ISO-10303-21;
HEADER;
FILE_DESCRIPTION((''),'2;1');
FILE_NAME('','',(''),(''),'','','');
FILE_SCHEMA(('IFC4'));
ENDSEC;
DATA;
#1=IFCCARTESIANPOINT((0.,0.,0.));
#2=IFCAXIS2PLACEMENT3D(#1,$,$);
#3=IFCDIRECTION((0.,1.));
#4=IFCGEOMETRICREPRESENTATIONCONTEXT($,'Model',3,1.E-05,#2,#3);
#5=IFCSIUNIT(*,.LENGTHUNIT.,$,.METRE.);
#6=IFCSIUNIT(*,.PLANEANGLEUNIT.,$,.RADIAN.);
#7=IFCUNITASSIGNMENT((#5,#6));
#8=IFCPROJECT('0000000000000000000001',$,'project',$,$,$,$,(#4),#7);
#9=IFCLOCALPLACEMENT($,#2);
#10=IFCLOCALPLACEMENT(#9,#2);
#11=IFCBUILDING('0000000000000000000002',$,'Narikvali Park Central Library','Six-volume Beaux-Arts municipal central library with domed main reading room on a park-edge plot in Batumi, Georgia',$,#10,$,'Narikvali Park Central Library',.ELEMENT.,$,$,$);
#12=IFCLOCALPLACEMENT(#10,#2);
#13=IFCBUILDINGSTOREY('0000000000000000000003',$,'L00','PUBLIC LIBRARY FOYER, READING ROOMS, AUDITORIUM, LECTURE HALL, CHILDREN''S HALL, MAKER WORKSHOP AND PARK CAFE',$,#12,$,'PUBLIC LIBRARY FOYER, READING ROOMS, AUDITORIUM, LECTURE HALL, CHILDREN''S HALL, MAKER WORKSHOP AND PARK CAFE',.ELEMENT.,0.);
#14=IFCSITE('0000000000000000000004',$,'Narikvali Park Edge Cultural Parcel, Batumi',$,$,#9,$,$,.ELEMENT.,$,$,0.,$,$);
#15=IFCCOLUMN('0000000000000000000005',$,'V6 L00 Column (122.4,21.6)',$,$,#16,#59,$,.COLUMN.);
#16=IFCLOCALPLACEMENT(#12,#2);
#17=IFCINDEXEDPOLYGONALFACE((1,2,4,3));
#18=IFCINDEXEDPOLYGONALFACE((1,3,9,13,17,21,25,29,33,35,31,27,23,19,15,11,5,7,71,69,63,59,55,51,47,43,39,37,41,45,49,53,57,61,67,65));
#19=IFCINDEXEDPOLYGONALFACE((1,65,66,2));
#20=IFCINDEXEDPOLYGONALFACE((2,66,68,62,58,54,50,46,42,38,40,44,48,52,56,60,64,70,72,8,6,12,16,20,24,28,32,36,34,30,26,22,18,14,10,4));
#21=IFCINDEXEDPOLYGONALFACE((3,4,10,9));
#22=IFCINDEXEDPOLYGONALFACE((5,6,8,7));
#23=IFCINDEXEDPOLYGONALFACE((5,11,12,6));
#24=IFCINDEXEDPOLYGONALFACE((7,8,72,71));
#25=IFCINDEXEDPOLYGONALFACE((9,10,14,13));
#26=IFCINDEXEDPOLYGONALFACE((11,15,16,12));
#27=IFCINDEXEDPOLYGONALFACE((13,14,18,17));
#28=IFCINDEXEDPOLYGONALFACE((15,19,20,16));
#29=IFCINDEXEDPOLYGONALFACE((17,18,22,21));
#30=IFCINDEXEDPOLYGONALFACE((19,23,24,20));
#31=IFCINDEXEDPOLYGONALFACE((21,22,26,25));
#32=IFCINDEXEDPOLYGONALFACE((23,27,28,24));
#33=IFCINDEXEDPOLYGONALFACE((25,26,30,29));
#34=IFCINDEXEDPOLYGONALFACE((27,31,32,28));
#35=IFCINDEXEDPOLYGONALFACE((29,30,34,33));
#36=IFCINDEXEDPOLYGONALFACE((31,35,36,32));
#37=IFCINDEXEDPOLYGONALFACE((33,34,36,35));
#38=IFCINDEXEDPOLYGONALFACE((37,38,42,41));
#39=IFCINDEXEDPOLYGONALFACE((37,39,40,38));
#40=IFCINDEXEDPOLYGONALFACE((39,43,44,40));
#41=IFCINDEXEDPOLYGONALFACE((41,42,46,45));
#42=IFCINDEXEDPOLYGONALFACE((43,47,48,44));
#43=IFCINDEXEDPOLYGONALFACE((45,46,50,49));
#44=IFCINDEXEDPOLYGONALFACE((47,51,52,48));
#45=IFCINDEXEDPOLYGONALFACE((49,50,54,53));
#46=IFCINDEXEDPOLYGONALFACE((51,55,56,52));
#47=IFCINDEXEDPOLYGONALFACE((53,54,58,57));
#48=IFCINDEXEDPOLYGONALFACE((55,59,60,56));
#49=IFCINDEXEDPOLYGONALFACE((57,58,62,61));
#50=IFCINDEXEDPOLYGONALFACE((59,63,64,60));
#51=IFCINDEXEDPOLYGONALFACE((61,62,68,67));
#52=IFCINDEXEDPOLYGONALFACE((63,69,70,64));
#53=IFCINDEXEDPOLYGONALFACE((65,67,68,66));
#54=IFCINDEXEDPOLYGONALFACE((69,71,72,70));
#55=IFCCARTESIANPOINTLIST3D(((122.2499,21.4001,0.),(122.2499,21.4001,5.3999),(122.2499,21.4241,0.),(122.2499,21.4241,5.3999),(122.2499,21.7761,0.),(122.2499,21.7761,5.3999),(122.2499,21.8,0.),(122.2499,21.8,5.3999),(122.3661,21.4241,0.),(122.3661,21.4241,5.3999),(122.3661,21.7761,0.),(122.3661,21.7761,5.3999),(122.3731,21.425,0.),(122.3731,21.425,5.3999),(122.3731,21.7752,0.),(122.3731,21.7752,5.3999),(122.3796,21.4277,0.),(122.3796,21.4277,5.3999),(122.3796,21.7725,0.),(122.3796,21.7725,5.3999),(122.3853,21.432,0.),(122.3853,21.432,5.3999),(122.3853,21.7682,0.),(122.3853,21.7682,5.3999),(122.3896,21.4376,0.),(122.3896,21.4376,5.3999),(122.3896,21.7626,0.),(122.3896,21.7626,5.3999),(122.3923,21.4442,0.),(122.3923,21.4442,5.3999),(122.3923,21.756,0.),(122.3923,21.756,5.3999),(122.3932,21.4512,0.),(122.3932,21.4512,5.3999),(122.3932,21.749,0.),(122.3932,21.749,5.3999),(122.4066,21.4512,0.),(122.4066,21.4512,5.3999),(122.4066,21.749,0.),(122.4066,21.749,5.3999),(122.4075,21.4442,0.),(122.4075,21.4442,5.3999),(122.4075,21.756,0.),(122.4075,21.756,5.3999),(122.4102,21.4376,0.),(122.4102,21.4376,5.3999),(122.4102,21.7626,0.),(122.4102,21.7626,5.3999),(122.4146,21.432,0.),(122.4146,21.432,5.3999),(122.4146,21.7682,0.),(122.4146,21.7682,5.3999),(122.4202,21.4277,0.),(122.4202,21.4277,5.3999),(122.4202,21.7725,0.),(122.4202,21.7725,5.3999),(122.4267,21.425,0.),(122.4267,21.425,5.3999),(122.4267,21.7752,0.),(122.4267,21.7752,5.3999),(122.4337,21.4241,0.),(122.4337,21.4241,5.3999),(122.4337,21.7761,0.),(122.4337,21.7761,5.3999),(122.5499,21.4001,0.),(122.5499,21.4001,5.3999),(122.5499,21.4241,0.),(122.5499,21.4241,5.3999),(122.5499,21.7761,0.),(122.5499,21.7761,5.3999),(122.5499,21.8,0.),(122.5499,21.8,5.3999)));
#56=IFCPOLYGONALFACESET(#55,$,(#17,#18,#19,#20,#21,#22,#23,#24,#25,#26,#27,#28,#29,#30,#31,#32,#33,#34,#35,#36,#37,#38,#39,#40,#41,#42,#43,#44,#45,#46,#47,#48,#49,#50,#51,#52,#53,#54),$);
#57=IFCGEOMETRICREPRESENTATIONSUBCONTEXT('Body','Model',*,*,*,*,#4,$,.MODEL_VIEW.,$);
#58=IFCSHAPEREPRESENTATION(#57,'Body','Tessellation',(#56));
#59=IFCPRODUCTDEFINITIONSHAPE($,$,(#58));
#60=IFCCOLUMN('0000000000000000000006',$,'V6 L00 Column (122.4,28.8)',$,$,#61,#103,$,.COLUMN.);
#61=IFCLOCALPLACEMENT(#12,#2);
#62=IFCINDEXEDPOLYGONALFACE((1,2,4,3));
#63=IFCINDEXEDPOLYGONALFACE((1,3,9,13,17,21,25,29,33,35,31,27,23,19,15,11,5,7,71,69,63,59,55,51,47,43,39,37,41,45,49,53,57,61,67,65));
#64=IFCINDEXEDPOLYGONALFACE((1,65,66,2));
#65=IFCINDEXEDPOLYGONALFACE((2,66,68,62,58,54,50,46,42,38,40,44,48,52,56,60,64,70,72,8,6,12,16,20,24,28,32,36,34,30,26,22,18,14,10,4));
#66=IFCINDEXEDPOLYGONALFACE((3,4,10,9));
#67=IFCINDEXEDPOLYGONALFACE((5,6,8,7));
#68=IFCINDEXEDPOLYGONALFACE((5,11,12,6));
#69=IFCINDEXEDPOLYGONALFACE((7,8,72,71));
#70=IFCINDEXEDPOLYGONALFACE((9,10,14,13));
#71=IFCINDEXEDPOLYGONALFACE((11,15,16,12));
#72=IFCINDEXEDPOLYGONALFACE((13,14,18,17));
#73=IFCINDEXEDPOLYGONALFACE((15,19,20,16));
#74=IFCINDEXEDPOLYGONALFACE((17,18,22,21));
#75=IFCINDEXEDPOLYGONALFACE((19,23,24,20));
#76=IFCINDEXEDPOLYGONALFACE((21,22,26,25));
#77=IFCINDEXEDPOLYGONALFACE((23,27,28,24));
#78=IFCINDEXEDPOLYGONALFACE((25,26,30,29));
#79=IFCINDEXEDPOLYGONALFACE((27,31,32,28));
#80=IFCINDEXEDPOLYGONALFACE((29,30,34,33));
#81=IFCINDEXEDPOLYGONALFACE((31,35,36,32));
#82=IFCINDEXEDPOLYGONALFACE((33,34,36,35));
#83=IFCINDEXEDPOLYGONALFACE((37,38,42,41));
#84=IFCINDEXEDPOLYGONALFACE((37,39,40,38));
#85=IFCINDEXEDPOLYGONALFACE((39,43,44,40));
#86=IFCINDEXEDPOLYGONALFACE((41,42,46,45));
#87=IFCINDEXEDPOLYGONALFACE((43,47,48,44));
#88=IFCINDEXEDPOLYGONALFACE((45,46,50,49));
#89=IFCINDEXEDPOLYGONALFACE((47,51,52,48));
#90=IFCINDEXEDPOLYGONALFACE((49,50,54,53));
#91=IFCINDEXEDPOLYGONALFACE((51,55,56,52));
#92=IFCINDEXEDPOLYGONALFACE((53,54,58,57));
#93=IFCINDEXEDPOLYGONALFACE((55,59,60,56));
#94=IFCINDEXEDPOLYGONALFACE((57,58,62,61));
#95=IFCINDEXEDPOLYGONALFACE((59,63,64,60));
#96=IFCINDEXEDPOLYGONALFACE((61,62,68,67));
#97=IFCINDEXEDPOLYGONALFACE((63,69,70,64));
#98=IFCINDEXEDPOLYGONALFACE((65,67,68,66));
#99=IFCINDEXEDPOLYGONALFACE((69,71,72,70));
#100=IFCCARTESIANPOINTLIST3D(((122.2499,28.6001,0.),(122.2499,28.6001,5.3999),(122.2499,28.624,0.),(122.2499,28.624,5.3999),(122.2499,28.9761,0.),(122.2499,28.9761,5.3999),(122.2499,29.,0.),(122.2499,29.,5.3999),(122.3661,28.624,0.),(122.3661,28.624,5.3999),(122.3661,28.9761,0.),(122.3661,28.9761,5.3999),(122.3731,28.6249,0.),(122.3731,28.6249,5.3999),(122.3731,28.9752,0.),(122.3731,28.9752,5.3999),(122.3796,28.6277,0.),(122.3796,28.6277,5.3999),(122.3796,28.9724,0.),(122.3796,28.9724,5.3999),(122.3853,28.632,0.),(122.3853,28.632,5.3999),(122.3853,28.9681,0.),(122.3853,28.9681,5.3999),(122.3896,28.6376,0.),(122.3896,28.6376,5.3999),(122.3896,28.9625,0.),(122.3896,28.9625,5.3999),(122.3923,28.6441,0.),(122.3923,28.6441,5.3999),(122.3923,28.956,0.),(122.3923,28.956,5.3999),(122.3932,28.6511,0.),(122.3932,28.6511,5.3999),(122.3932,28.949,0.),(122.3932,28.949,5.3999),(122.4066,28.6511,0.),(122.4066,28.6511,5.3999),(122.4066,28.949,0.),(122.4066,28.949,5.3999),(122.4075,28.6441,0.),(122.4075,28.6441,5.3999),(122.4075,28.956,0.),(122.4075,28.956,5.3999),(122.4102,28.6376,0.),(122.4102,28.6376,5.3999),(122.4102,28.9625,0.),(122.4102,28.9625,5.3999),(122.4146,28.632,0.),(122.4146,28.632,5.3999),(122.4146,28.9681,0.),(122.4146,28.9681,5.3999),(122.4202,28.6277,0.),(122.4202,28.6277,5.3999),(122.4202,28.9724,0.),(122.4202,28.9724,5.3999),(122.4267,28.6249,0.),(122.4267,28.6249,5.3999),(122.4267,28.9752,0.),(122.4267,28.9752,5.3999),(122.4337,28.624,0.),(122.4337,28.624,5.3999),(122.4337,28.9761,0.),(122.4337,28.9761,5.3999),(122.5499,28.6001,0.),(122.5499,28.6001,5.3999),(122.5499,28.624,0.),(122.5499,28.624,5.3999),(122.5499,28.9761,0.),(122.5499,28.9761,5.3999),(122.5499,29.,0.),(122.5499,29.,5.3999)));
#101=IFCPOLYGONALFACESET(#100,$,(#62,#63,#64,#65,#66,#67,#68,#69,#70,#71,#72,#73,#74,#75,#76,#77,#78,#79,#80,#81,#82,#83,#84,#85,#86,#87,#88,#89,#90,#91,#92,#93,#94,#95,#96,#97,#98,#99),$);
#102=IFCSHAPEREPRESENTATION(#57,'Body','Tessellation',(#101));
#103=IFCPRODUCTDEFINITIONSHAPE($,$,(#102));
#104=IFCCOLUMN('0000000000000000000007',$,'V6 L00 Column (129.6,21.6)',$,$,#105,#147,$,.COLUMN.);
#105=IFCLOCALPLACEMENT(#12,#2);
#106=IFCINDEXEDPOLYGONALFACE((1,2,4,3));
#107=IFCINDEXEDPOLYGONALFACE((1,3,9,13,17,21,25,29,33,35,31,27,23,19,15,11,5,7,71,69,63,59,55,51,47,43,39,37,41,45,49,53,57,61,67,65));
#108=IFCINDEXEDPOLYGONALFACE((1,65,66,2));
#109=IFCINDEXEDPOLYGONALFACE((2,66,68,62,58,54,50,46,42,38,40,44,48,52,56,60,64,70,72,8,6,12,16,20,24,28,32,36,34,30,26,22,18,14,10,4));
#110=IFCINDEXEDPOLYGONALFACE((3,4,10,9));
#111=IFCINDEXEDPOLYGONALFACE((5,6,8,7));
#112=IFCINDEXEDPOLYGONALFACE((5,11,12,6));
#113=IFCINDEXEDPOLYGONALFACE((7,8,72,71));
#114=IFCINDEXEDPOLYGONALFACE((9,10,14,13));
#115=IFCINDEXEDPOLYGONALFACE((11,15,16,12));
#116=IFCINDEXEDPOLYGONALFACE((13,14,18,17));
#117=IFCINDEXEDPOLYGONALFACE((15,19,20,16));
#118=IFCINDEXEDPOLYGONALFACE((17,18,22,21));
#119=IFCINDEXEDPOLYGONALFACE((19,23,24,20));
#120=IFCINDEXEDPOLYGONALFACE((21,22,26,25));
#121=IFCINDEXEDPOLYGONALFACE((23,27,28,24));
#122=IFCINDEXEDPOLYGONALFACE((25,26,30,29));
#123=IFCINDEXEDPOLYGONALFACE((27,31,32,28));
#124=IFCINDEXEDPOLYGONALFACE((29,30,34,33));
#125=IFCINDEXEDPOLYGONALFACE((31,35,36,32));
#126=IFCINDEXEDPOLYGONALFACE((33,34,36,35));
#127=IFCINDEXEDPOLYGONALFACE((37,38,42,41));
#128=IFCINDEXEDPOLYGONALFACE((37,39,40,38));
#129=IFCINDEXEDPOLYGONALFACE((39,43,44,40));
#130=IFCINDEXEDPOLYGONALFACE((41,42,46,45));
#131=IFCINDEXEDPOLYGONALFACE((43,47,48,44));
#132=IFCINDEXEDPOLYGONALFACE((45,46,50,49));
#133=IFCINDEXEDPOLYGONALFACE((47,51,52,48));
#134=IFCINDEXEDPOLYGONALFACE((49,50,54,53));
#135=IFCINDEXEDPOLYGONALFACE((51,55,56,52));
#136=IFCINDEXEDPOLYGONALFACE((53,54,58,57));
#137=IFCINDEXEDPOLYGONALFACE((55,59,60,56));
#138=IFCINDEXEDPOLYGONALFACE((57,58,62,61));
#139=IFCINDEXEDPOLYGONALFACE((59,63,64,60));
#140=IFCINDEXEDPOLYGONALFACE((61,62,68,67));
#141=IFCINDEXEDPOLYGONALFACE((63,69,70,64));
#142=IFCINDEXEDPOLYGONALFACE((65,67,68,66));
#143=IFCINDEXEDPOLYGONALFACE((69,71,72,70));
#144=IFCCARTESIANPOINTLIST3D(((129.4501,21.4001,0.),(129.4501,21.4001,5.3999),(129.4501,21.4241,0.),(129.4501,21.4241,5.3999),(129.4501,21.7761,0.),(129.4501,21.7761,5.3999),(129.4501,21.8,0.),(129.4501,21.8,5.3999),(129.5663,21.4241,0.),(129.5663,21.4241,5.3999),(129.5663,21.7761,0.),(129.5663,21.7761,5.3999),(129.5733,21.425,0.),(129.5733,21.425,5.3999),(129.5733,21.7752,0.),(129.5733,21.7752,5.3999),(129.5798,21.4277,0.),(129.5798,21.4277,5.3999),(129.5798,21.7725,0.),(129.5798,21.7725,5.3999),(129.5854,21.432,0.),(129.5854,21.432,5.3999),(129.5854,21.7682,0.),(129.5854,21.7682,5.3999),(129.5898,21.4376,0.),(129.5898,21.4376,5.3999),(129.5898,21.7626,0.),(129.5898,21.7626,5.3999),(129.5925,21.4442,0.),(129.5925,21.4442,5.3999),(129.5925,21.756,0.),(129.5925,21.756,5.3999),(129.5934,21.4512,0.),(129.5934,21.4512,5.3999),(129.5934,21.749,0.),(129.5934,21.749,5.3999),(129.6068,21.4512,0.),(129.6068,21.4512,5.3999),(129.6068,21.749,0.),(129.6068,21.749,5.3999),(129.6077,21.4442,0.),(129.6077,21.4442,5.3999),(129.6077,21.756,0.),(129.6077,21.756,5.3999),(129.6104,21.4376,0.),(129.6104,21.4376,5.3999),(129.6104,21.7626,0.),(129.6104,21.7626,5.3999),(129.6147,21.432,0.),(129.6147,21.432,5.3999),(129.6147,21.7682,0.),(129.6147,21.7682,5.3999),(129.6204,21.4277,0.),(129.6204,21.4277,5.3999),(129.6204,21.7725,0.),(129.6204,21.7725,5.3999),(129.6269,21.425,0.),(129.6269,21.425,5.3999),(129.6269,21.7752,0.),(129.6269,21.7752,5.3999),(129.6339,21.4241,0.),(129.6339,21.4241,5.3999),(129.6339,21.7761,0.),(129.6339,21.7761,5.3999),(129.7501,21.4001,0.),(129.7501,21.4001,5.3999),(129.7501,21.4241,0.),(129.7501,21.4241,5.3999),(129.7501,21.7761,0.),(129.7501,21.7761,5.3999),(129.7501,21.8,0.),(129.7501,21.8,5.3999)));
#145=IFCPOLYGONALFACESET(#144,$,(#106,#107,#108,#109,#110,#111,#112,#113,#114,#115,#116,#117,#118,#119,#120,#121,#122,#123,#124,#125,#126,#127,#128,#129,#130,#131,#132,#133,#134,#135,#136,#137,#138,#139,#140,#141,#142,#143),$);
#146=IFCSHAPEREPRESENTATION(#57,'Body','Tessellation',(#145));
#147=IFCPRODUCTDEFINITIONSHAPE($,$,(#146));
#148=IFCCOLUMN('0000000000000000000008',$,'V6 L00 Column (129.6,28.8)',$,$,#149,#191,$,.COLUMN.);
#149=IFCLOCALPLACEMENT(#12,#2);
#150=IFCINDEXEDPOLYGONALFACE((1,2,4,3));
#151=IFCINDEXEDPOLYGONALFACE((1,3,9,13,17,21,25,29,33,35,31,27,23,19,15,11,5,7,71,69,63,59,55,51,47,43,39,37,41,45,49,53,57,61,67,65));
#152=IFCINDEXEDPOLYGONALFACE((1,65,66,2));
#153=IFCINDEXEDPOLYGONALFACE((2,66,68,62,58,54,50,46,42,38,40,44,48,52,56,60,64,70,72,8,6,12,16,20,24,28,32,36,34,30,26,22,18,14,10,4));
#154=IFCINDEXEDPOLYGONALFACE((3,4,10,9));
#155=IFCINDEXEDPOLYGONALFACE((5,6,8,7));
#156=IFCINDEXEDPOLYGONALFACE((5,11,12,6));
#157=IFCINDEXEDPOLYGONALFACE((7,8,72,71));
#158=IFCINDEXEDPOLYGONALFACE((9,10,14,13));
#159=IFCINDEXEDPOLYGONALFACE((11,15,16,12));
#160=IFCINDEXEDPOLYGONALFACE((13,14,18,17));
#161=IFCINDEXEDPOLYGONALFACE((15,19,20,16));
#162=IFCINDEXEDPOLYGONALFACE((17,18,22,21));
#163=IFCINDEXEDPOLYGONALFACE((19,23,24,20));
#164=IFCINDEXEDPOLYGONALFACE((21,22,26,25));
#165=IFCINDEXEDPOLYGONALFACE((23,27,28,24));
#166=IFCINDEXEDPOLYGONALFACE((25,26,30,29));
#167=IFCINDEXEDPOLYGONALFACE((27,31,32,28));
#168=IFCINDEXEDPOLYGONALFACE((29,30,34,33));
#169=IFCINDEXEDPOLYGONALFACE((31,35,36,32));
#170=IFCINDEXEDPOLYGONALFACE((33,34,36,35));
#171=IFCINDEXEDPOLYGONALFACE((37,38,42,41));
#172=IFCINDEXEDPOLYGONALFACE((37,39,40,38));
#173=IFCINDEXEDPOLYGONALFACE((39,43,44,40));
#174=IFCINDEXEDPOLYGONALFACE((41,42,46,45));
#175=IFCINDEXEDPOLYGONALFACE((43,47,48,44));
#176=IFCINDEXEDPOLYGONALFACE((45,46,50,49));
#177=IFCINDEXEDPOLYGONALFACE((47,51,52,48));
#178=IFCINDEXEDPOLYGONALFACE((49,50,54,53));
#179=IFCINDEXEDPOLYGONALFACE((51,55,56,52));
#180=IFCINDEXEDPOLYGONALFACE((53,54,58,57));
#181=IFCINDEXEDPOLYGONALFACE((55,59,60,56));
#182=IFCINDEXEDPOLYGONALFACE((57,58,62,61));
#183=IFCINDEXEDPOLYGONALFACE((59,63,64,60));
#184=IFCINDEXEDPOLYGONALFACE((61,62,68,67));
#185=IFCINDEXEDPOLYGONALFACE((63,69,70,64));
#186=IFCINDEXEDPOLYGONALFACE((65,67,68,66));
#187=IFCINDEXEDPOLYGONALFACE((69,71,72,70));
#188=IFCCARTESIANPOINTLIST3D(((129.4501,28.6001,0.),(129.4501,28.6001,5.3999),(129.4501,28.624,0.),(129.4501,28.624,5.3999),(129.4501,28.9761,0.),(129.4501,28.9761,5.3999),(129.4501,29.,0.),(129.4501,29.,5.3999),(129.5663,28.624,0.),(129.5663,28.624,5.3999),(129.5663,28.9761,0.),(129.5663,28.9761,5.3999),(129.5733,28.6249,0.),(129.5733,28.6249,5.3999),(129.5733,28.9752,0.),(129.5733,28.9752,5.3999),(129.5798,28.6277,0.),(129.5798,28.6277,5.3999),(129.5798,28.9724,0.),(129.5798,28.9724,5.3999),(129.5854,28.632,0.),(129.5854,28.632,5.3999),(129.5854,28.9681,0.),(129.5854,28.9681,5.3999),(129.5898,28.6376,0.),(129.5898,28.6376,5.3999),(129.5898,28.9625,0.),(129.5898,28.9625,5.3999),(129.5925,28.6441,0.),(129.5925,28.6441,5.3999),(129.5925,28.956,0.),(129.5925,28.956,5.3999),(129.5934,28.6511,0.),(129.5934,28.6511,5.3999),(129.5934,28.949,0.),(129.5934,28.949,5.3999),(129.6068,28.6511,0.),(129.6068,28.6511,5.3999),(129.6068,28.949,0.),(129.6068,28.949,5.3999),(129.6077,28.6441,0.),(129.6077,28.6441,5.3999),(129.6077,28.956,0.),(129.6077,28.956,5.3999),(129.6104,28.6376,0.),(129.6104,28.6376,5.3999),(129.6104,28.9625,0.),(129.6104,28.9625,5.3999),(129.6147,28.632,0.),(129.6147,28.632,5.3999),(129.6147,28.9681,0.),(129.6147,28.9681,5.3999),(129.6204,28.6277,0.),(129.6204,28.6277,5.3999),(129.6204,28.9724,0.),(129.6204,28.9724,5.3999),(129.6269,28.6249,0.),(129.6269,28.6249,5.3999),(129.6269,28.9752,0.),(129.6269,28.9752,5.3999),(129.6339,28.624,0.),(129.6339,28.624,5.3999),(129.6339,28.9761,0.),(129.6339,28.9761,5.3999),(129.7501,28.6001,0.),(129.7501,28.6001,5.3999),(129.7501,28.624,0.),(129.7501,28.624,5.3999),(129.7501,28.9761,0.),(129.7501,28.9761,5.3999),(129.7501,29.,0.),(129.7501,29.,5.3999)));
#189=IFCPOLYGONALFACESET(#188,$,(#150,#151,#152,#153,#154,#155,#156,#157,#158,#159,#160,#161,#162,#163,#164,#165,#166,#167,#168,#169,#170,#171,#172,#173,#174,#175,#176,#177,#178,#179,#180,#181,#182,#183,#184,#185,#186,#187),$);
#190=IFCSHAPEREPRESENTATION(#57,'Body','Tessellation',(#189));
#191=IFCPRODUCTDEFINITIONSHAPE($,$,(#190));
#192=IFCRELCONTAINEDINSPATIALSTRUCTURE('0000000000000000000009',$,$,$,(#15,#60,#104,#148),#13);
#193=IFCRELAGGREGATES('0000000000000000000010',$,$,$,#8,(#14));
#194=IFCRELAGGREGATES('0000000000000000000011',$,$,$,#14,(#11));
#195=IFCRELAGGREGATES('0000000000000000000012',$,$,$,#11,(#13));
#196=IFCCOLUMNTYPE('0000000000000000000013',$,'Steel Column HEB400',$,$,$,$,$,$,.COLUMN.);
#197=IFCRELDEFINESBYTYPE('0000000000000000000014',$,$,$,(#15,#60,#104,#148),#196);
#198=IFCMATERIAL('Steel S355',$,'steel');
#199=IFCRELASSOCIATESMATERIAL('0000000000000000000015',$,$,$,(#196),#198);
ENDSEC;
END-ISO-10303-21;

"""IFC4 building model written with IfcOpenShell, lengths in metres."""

from ifc_helpers import new_model, si_unit, direction, frame, origin, origin_2d, place, context, subcontext, project, spatial, i_section, extrude, material, material_profile, profile_set, type_object, element, save


model = new_model("IFC4")

# Units and contexts
model_context = context("Model", 3, precision=1e-05, world=origin(), true_north=direction((0.0, 1.0)))
body_context = subcontext(model_context, "Body", "Model", "MODEL_VIEW")
ifc_project = project(units=[si_unit("LENGTHUNIT", "METRE"), si_unit("PLANEANGLEUNIT", "RADIAN")], contexts=[model_context])

# Site, building, storey
site_placement = place(None, origin())
site = spatial("IfcSite", under=ifc_project, at=site_placement, Name="Narikvali Park Edge Cultural Parcel, Batumi", CompositionType="ELEMENT", RefElevation=0.0)
building_placement = place(site_placement, origin())
building = spatial("IfcBuilding", under=site, at=building_placement, Name="Narikvali Park Central Library", Description="Six-volume Beaux-Arts municipal central library with domed main reading room on a park-edge plot in Batumi, Georgia", LongName="Narikvali Park Central Library", CompositionType="ELEMENT")
storey_placement = place(building_placement, origin())
storey = spatial("IfcBuildingStorey", under=building, at=storey_placement, Name="L00", Description="PUBLIC LIBRARY FOYER, READING ROOMS, AUDITORIUM, LECTURE HALL, CHILDREN'S HALL, MAKER WORKSHOP AND PARK CAFE", LongName="PUBLIC LIBRARY FOYER, READING ROOMS, AUDITORIUM, LECTURE HALL, CHILDREN'S HALL, MAKER WORKSHOP AND PARK CAFE", CompositionType="ELEMENT", Elevation=0.0)

# Columns
ifc_material_1 = material(Name="Steel S355", Category="steel")
ifc_material_profile_1 = material_profile(ifc_material_1, i_section(OverallWidth=0.3, OverallDepth=0.3999, WebThickness=0.0134, FlangeThickness=0.0239, FilletRadius=0.0271, at=origin_2d()), Name="HEB 400")
ifc_profile_set_1 = profile_set([ifc_material_profile_1], Name="Steel S355")
column_type = type_object("IfcColumnType", Name="Steel Column HEB400", PredefinedType="COLUMN", material=ifc_profile_set_1)
for number, where, z_axis, x_axis, name in (
    (1, (122.3999, 21.6001, 0.0), (0.0, 0.0, 1.0), (1.0, 0.0, 0.0), "V6 L00 Column (122.4,21.6)"),
    (2, (122.3999, 28.8, 0.0), (0.0, 0.0, 1.0), (1.0, 0.0, 0.0), "V6 L00 Column (122.4,28.8)"),
    (3, (129.6001, 21.6001, 0.0), (0.0, 0.0, 1.0), (1.0, 0.0, 0.0), "V6 L00 Column (129.6,21.6)"),
    (4, (129.6001, 28.8, 0.0), (0.0, 0.0, 1.0), (1.0, 0.0, 0.0), "V6 L00 Column (129.6,28.8)"),
):
    element("IfcColumn", number, at=place(storey_placement, frame(where, z_axis=z_axis, x_axis=x_axis)), inside=storey, type_object=column_type, Name=name, PredefinedType="COLUMN", context=body_context, shape_type="SweptSolid", body=[
        extrude(i_section(OverallWidth=0.3, OverallDepth=0.3999, WebThickness=0.0134, FlangeThickness=0.0239, FilletRadius=0.0271, at=origin_2d()), origin(), (0.0, 0.0, 1.0), 5.3999),
    ])

save(model, "model.ifc")
